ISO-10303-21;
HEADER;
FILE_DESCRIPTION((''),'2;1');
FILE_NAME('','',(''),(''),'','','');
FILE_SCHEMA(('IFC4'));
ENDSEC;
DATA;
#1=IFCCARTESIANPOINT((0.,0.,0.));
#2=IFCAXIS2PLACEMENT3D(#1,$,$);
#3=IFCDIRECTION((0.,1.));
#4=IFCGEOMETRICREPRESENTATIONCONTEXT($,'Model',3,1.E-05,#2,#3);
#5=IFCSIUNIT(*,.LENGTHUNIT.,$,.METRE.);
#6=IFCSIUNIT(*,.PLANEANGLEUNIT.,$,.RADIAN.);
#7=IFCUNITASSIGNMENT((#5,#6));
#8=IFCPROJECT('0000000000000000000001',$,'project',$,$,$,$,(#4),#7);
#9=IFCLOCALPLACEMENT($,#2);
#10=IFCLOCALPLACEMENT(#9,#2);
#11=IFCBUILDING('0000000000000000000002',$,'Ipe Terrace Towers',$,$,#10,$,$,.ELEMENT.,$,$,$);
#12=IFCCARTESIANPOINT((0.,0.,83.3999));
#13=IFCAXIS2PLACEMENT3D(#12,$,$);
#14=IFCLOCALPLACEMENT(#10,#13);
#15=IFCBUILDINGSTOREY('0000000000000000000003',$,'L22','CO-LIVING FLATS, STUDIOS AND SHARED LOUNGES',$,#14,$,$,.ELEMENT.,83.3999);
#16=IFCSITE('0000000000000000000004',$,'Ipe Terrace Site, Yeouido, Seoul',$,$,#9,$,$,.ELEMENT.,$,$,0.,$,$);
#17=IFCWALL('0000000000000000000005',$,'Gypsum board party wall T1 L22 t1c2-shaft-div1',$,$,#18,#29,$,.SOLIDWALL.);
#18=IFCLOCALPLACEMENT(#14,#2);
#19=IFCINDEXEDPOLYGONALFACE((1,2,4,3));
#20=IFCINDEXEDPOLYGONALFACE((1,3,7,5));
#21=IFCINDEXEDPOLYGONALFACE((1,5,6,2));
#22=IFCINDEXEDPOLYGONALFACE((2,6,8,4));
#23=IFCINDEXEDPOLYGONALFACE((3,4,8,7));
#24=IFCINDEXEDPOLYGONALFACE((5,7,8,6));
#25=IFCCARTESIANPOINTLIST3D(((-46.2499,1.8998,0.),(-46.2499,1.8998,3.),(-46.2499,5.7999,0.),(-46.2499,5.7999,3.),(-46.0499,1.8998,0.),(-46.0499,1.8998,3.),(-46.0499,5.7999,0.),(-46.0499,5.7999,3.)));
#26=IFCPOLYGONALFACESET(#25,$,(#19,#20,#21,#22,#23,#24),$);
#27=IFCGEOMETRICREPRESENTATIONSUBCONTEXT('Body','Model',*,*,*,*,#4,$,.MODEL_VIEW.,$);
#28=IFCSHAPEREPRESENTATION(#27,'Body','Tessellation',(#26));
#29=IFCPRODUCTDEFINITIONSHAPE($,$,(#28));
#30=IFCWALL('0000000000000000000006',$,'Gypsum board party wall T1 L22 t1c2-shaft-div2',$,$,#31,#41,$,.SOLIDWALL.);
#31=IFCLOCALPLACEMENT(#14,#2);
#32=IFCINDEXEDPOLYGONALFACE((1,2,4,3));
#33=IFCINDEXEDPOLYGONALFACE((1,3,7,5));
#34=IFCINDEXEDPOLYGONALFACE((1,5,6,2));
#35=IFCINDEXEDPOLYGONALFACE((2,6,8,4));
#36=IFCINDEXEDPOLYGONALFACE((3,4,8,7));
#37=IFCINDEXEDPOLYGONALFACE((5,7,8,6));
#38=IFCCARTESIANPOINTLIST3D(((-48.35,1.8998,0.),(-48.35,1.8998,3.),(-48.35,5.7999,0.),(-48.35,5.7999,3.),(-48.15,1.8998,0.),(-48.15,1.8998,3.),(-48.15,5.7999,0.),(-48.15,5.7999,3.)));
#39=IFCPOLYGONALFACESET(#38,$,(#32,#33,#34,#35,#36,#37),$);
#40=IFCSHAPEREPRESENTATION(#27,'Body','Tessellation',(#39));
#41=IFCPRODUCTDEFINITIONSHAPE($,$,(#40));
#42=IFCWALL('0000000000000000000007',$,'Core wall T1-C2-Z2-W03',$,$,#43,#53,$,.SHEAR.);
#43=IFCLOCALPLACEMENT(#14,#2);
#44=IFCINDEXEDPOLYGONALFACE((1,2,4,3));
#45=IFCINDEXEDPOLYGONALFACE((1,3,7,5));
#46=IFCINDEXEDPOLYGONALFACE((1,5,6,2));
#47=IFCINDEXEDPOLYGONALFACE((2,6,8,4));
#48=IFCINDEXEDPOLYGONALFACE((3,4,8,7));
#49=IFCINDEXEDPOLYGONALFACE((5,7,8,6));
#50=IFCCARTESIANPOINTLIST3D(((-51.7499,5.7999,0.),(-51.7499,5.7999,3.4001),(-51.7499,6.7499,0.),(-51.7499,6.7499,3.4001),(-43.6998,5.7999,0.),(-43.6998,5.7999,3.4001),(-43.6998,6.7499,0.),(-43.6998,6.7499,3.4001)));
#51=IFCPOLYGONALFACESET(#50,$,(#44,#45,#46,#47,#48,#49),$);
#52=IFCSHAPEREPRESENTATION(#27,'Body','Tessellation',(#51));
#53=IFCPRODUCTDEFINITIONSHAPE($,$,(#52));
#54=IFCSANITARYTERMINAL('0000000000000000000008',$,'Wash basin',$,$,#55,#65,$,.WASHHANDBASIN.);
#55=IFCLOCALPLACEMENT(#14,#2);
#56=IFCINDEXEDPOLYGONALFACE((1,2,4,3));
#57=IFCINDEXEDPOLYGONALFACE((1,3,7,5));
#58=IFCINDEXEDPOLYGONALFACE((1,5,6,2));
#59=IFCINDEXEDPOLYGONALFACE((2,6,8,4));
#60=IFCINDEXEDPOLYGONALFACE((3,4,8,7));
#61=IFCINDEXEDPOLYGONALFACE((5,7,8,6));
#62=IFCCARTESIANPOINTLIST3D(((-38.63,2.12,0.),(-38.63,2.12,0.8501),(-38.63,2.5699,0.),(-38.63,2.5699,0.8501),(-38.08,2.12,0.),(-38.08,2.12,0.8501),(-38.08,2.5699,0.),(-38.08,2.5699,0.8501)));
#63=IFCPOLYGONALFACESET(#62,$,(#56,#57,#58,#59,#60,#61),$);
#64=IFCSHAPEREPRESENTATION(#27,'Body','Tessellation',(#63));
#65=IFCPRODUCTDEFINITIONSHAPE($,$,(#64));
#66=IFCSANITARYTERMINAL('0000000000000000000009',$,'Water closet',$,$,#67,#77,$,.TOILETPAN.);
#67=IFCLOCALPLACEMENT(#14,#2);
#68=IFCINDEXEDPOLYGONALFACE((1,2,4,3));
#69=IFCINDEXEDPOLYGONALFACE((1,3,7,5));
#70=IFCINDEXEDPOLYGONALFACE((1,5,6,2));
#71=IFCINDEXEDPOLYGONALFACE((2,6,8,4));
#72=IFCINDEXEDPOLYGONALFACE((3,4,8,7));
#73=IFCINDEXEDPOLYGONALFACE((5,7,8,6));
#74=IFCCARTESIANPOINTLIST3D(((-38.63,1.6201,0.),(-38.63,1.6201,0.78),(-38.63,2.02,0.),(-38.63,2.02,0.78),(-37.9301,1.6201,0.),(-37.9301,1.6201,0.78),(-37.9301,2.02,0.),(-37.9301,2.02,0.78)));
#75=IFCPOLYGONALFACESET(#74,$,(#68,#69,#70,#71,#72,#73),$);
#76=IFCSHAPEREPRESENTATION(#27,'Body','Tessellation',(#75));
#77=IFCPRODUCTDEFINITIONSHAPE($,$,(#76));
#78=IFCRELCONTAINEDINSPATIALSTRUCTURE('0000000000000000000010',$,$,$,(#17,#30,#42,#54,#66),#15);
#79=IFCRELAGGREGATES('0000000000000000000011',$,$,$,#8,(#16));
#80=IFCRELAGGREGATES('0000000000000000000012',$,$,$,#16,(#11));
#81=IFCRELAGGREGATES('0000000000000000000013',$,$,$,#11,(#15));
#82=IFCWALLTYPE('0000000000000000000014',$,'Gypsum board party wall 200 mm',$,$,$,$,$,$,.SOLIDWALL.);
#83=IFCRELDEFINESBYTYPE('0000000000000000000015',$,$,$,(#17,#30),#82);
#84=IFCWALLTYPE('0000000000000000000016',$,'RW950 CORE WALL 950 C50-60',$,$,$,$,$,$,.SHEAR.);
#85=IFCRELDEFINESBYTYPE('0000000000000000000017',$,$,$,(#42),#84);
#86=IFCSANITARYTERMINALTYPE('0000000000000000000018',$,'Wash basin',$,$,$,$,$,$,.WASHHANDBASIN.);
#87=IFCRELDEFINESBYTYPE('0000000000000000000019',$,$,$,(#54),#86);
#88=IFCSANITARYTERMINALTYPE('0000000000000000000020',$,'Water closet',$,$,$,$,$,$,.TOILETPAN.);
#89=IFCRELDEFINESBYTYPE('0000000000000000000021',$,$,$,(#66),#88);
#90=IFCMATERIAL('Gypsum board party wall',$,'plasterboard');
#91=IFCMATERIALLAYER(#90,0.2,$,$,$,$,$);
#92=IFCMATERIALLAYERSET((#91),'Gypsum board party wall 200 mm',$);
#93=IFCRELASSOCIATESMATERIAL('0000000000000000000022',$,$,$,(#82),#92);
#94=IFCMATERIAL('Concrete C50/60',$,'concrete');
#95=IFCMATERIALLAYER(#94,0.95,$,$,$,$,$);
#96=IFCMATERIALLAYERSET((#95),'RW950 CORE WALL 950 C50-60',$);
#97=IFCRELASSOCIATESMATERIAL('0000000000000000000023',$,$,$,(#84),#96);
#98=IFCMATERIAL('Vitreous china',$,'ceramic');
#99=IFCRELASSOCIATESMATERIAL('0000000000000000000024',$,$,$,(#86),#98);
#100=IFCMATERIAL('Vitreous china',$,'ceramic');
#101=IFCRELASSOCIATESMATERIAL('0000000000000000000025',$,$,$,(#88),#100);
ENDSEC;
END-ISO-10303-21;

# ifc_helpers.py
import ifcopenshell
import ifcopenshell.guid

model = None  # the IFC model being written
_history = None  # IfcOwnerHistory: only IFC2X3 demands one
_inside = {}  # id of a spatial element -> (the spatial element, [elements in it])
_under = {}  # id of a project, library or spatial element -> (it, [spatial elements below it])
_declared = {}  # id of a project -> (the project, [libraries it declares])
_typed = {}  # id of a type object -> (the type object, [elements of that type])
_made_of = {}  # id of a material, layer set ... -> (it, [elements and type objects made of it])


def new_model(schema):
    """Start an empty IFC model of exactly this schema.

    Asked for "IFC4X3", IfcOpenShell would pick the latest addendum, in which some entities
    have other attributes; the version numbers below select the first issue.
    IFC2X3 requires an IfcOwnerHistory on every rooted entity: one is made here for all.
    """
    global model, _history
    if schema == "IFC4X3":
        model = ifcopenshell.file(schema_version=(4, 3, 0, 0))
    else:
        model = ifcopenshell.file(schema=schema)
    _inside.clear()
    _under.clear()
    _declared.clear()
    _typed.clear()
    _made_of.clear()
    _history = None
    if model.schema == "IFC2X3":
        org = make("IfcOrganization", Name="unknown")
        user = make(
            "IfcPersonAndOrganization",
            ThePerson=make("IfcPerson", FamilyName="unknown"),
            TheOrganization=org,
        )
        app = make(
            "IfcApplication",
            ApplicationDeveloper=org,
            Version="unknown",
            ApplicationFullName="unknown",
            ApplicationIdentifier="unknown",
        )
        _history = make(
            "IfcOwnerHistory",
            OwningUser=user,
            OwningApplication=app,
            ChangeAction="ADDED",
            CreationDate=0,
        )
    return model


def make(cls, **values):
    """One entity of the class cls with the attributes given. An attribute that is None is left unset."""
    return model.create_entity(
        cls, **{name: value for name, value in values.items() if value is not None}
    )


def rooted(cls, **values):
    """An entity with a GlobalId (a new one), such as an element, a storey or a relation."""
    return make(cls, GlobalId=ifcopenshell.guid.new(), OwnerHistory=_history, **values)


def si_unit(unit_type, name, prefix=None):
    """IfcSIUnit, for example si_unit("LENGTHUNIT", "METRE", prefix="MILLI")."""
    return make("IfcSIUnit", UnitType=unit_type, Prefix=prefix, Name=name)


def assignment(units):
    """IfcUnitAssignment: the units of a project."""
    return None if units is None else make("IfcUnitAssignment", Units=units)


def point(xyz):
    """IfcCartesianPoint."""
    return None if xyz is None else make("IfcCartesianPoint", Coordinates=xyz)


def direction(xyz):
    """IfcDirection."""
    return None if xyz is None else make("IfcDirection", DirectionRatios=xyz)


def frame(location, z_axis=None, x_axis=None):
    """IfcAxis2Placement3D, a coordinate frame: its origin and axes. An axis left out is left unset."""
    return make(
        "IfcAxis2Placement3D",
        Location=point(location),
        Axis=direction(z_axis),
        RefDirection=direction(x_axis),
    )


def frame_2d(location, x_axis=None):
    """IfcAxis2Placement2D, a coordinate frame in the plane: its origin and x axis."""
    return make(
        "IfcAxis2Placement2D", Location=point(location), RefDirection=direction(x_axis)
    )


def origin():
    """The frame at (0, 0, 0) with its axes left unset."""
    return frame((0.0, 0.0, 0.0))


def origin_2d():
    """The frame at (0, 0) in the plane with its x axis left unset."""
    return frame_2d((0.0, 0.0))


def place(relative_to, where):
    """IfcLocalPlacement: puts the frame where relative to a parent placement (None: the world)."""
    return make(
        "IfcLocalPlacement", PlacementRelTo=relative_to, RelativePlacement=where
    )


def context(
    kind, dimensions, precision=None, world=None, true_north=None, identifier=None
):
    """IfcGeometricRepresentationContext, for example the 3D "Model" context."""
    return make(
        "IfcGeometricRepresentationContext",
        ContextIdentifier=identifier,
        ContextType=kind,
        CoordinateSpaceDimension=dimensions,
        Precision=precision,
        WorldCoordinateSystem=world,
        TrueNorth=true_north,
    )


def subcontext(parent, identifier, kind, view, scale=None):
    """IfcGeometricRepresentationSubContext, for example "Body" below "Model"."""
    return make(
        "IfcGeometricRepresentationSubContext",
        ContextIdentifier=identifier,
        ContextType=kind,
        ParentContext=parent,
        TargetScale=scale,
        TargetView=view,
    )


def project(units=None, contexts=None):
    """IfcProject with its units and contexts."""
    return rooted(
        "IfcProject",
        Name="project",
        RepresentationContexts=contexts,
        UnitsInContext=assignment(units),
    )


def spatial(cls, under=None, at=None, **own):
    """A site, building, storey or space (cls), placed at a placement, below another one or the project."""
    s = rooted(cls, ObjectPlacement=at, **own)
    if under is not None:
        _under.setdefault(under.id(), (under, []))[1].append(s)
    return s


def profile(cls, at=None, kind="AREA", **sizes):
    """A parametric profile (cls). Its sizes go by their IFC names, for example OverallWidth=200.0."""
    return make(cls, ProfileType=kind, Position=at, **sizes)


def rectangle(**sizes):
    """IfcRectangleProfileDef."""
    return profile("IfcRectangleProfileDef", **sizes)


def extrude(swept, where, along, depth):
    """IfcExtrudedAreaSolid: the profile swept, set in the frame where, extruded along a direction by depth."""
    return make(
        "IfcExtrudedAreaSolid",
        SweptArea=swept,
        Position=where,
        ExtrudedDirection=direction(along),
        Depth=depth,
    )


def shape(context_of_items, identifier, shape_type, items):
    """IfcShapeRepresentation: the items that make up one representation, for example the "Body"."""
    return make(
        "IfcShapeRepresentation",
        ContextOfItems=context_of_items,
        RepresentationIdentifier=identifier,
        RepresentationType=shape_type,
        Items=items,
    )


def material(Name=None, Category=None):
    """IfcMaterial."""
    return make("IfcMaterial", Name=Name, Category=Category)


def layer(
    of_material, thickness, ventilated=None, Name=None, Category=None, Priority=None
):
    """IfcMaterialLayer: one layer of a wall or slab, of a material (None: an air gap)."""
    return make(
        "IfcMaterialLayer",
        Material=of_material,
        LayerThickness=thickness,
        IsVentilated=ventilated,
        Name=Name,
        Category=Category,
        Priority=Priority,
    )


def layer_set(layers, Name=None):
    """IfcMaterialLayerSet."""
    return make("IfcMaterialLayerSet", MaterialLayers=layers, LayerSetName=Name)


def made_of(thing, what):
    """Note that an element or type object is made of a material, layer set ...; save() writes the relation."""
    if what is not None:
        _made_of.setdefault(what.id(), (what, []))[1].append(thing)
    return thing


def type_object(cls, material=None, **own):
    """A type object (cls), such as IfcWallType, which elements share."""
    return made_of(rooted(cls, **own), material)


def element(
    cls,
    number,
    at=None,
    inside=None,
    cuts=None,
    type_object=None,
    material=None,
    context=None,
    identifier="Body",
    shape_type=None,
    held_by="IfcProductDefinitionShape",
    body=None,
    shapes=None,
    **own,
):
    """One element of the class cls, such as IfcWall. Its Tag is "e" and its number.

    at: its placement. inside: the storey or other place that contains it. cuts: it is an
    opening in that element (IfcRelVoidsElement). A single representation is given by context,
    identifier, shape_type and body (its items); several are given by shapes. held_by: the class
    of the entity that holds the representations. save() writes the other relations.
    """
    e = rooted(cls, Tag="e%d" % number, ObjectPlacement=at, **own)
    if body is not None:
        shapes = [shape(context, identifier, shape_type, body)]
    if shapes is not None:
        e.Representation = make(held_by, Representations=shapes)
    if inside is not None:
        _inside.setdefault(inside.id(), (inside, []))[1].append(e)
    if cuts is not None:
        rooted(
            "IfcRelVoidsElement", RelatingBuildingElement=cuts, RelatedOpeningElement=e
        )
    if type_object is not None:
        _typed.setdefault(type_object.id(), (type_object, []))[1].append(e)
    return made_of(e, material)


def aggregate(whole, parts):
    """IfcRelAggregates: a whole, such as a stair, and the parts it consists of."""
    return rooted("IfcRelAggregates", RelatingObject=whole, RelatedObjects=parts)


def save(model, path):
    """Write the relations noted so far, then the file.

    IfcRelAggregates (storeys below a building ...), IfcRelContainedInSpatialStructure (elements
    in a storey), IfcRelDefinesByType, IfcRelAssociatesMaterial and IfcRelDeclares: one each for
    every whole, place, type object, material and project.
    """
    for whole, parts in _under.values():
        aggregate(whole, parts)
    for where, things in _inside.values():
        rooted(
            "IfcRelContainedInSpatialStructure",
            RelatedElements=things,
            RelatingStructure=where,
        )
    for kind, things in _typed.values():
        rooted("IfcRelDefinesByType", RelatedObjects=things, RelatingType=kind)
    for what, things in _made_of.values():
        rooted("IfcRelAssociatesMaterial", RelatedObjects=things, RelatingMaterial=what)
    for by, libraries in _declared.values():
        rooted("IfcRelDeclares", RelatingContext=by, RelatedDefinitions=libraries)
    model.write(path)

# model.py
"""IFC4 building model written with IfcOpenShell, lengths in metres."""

from ifc_helpers import new_model, si_unit, direction, frame, frame_2d, origin, origin_2d, place, context, subcontext, project, spatial, rectangle, extrude, material, layer, layer_set, type_object, element, save


model = new_model("IFC4")

# Units and contexts
model_context = context("Model", 3, precision=1e-05, world=origin(), true_north=direction((0.0, 1.0)))
body_context = subcontext(model_context, "Body", "Model", "MODEL_VIEW")
ifc_project = project(units=[si_unit("LENGTHUNIT", "METRE"), si_unit("PLANEANGLEUNIT", "RADIAN")], contexts=[model_context])

# Site, building, storey
site_placement = place(None, origin())
site = spatial("IfcSite", under=ifc_project, at=site_placement, Name="Ipe Terrace Site, Yeouido, Seoul", CompositionType="ELEMENT", RefElevation=0.0)
building_placement = place(site_placement, origin())
building = spatial("IfcBuilding", under=site, at=building_placement, Name="Ipe Terrace Towers", CompositionType="ELEMENT")
storey_placement = place(building_placement, frame((0.0, 0.0, 83.3999)))
storey = spatial("IfcBuildingStorey", under=building, at=storey_placement, Name="L22", Description="CO-LIVING FLATS, STUDIOS AND SHARED LOUNGES", CompositionType="ELEMENT", Elevation=83.3999)

# Walls
ifc_material_1 = material(Name="Gypsum board party wall", Category="plasterboard")
ifc_layer_1 = layer(ifc_material_1, 0.2)
ifc_layer_set_1 = layer_set([ifc_layer_1], Name="Gypsum board party wall 200 mm")
wall_type_1 = type_object("IfcWallType", Name="Gypsum board party wall 200 mm", PredefinedType="SOLIDWALL", material=ifc_layer_set_1)
for number, where, z_axis, x_axis, name in (
    (1, (-46.1499, 5.8, 0.0), (0.0, 0.0, 1.0), (0.0, -1.0, 0.0), "Gypsum board party wall T1 L22 t1c2-shaft-div1"),
    (2, (-48.25, 5.8, 0.0), (0.0, 0.0, 1.0), (0.0, -1.0, 0.0), "Gypsum board party wall T1 L22 t1c2-shaft-div2"),
):
    element("IfcWall", number, at=place(storey_placement, frame(where, z_axis=z_axis, x_axis=x_axis)), inside=storey, type_object=wall_type_1, Name=name, PredefinedType="SOLIDWALL", context=body_context, shape_type="SweptSolid", body=[
        extrude(rectangle(XDim=3.9001, YDim=0.2, at=frame_2d((1.9502, 0.0))), origin(), (0.0, 0.0, 1.0), 3.0),
    ])
ifc_material_2 = material(Name="Concrete C50/60", Category="concrete")
ifc_layer_2 = layer(ifc_material_2, 0.95)
ifc_layer_set_2 = layer_set([ifc_layer_2], Name="RW950 CORE WALL 950 C50-60")
wall_type_2 = type_object("IfcWallType", Name="RW950 CORE WALL 950 C50-60", PredefinedType="SHEAR", material=ifc_layer_set_2)
wall_1_placement = place(storey_placement, frame((-43.7, 6.2749, 0.0), z_axis=(0.0, 0.0, 1.0), x_axis=(-1.0, 0.0, 0.0)))
element("IfcWall", 3, at=wall_1_placement, inside=storey, type_object=wall_type_2, Name="Core wall T1-C2-Z2-W03", PredefinedType="SHEAR", context=body_context, shape_type="SweptSolid", body=[
    extrude(rectangle(XDim=8.05, YDim=0.95, at=frame_2d((4.0249, 0.0))), origin(), (0.0, 0.0, 1.0), 3.4001),
])

# Sanitary terminals
ifc_material_3 = material(Name="Vitreous china", Category="ceramic")
sanitary_terminal_type_1 = type_object("IfcSanitaryTerminalType", Name="Wash basin", PredefinedType="WASHHANDBASIN", material=ifc_material_3)
sanitary_terminal_1_placement = place(storey_placement, frame((-38.355, 2.345, 0.0), z_axis=(0.0, 0.0, 1.0), x_axis=(1.0, 0.0, 0.0)))
element("IfcSanitaryTerminal", 4, at=sanitary_terminal_1_placement, inside=storey, type_object=sanitary_terminal_type_1, Name="Wash basin", PredefinedType="WASHHANDBASIN", context=body_context, shape_type="SweptSolid", body=[
    extrude(rectangle(XDim=0.55, YDim=0.45, at=origin_2d()), origin(), (0.0, 0.0, 1.0), 0.8501),
])
ifc_material_4 = material(Name="Vitreous china", Category="ceramic")
sanitary_terminal_type_2 = type_object("IfcSanitaryTerminalType", Name="Water closet", PredefinedType="TOILETPAN", material=ifc_material_4)
sanitary_terminal_2_placement = place(storey_placement, frame((-38.28, 1.8201, 0.0), z_axis=(0.0, 0.0, 1.0), x_axis=(1.0, 0.0, 0.0)))
element("IfcSanitaryTerminal", 5, at=sanitary_terminal_2_placement, inside=storey, type_object=sanitary_terminal_type_2, Name="Water closet", PredefinedType="TOILETPAN", context=body_context, shape_type="SweptSolid", body=[
    extrude(rectangle(XDim=0.7, YDim=0.3999, at=origin_2d()), origin(), (0.0, 0.0, 1.0), 0.78),
])

save(model, "model.ifc")
